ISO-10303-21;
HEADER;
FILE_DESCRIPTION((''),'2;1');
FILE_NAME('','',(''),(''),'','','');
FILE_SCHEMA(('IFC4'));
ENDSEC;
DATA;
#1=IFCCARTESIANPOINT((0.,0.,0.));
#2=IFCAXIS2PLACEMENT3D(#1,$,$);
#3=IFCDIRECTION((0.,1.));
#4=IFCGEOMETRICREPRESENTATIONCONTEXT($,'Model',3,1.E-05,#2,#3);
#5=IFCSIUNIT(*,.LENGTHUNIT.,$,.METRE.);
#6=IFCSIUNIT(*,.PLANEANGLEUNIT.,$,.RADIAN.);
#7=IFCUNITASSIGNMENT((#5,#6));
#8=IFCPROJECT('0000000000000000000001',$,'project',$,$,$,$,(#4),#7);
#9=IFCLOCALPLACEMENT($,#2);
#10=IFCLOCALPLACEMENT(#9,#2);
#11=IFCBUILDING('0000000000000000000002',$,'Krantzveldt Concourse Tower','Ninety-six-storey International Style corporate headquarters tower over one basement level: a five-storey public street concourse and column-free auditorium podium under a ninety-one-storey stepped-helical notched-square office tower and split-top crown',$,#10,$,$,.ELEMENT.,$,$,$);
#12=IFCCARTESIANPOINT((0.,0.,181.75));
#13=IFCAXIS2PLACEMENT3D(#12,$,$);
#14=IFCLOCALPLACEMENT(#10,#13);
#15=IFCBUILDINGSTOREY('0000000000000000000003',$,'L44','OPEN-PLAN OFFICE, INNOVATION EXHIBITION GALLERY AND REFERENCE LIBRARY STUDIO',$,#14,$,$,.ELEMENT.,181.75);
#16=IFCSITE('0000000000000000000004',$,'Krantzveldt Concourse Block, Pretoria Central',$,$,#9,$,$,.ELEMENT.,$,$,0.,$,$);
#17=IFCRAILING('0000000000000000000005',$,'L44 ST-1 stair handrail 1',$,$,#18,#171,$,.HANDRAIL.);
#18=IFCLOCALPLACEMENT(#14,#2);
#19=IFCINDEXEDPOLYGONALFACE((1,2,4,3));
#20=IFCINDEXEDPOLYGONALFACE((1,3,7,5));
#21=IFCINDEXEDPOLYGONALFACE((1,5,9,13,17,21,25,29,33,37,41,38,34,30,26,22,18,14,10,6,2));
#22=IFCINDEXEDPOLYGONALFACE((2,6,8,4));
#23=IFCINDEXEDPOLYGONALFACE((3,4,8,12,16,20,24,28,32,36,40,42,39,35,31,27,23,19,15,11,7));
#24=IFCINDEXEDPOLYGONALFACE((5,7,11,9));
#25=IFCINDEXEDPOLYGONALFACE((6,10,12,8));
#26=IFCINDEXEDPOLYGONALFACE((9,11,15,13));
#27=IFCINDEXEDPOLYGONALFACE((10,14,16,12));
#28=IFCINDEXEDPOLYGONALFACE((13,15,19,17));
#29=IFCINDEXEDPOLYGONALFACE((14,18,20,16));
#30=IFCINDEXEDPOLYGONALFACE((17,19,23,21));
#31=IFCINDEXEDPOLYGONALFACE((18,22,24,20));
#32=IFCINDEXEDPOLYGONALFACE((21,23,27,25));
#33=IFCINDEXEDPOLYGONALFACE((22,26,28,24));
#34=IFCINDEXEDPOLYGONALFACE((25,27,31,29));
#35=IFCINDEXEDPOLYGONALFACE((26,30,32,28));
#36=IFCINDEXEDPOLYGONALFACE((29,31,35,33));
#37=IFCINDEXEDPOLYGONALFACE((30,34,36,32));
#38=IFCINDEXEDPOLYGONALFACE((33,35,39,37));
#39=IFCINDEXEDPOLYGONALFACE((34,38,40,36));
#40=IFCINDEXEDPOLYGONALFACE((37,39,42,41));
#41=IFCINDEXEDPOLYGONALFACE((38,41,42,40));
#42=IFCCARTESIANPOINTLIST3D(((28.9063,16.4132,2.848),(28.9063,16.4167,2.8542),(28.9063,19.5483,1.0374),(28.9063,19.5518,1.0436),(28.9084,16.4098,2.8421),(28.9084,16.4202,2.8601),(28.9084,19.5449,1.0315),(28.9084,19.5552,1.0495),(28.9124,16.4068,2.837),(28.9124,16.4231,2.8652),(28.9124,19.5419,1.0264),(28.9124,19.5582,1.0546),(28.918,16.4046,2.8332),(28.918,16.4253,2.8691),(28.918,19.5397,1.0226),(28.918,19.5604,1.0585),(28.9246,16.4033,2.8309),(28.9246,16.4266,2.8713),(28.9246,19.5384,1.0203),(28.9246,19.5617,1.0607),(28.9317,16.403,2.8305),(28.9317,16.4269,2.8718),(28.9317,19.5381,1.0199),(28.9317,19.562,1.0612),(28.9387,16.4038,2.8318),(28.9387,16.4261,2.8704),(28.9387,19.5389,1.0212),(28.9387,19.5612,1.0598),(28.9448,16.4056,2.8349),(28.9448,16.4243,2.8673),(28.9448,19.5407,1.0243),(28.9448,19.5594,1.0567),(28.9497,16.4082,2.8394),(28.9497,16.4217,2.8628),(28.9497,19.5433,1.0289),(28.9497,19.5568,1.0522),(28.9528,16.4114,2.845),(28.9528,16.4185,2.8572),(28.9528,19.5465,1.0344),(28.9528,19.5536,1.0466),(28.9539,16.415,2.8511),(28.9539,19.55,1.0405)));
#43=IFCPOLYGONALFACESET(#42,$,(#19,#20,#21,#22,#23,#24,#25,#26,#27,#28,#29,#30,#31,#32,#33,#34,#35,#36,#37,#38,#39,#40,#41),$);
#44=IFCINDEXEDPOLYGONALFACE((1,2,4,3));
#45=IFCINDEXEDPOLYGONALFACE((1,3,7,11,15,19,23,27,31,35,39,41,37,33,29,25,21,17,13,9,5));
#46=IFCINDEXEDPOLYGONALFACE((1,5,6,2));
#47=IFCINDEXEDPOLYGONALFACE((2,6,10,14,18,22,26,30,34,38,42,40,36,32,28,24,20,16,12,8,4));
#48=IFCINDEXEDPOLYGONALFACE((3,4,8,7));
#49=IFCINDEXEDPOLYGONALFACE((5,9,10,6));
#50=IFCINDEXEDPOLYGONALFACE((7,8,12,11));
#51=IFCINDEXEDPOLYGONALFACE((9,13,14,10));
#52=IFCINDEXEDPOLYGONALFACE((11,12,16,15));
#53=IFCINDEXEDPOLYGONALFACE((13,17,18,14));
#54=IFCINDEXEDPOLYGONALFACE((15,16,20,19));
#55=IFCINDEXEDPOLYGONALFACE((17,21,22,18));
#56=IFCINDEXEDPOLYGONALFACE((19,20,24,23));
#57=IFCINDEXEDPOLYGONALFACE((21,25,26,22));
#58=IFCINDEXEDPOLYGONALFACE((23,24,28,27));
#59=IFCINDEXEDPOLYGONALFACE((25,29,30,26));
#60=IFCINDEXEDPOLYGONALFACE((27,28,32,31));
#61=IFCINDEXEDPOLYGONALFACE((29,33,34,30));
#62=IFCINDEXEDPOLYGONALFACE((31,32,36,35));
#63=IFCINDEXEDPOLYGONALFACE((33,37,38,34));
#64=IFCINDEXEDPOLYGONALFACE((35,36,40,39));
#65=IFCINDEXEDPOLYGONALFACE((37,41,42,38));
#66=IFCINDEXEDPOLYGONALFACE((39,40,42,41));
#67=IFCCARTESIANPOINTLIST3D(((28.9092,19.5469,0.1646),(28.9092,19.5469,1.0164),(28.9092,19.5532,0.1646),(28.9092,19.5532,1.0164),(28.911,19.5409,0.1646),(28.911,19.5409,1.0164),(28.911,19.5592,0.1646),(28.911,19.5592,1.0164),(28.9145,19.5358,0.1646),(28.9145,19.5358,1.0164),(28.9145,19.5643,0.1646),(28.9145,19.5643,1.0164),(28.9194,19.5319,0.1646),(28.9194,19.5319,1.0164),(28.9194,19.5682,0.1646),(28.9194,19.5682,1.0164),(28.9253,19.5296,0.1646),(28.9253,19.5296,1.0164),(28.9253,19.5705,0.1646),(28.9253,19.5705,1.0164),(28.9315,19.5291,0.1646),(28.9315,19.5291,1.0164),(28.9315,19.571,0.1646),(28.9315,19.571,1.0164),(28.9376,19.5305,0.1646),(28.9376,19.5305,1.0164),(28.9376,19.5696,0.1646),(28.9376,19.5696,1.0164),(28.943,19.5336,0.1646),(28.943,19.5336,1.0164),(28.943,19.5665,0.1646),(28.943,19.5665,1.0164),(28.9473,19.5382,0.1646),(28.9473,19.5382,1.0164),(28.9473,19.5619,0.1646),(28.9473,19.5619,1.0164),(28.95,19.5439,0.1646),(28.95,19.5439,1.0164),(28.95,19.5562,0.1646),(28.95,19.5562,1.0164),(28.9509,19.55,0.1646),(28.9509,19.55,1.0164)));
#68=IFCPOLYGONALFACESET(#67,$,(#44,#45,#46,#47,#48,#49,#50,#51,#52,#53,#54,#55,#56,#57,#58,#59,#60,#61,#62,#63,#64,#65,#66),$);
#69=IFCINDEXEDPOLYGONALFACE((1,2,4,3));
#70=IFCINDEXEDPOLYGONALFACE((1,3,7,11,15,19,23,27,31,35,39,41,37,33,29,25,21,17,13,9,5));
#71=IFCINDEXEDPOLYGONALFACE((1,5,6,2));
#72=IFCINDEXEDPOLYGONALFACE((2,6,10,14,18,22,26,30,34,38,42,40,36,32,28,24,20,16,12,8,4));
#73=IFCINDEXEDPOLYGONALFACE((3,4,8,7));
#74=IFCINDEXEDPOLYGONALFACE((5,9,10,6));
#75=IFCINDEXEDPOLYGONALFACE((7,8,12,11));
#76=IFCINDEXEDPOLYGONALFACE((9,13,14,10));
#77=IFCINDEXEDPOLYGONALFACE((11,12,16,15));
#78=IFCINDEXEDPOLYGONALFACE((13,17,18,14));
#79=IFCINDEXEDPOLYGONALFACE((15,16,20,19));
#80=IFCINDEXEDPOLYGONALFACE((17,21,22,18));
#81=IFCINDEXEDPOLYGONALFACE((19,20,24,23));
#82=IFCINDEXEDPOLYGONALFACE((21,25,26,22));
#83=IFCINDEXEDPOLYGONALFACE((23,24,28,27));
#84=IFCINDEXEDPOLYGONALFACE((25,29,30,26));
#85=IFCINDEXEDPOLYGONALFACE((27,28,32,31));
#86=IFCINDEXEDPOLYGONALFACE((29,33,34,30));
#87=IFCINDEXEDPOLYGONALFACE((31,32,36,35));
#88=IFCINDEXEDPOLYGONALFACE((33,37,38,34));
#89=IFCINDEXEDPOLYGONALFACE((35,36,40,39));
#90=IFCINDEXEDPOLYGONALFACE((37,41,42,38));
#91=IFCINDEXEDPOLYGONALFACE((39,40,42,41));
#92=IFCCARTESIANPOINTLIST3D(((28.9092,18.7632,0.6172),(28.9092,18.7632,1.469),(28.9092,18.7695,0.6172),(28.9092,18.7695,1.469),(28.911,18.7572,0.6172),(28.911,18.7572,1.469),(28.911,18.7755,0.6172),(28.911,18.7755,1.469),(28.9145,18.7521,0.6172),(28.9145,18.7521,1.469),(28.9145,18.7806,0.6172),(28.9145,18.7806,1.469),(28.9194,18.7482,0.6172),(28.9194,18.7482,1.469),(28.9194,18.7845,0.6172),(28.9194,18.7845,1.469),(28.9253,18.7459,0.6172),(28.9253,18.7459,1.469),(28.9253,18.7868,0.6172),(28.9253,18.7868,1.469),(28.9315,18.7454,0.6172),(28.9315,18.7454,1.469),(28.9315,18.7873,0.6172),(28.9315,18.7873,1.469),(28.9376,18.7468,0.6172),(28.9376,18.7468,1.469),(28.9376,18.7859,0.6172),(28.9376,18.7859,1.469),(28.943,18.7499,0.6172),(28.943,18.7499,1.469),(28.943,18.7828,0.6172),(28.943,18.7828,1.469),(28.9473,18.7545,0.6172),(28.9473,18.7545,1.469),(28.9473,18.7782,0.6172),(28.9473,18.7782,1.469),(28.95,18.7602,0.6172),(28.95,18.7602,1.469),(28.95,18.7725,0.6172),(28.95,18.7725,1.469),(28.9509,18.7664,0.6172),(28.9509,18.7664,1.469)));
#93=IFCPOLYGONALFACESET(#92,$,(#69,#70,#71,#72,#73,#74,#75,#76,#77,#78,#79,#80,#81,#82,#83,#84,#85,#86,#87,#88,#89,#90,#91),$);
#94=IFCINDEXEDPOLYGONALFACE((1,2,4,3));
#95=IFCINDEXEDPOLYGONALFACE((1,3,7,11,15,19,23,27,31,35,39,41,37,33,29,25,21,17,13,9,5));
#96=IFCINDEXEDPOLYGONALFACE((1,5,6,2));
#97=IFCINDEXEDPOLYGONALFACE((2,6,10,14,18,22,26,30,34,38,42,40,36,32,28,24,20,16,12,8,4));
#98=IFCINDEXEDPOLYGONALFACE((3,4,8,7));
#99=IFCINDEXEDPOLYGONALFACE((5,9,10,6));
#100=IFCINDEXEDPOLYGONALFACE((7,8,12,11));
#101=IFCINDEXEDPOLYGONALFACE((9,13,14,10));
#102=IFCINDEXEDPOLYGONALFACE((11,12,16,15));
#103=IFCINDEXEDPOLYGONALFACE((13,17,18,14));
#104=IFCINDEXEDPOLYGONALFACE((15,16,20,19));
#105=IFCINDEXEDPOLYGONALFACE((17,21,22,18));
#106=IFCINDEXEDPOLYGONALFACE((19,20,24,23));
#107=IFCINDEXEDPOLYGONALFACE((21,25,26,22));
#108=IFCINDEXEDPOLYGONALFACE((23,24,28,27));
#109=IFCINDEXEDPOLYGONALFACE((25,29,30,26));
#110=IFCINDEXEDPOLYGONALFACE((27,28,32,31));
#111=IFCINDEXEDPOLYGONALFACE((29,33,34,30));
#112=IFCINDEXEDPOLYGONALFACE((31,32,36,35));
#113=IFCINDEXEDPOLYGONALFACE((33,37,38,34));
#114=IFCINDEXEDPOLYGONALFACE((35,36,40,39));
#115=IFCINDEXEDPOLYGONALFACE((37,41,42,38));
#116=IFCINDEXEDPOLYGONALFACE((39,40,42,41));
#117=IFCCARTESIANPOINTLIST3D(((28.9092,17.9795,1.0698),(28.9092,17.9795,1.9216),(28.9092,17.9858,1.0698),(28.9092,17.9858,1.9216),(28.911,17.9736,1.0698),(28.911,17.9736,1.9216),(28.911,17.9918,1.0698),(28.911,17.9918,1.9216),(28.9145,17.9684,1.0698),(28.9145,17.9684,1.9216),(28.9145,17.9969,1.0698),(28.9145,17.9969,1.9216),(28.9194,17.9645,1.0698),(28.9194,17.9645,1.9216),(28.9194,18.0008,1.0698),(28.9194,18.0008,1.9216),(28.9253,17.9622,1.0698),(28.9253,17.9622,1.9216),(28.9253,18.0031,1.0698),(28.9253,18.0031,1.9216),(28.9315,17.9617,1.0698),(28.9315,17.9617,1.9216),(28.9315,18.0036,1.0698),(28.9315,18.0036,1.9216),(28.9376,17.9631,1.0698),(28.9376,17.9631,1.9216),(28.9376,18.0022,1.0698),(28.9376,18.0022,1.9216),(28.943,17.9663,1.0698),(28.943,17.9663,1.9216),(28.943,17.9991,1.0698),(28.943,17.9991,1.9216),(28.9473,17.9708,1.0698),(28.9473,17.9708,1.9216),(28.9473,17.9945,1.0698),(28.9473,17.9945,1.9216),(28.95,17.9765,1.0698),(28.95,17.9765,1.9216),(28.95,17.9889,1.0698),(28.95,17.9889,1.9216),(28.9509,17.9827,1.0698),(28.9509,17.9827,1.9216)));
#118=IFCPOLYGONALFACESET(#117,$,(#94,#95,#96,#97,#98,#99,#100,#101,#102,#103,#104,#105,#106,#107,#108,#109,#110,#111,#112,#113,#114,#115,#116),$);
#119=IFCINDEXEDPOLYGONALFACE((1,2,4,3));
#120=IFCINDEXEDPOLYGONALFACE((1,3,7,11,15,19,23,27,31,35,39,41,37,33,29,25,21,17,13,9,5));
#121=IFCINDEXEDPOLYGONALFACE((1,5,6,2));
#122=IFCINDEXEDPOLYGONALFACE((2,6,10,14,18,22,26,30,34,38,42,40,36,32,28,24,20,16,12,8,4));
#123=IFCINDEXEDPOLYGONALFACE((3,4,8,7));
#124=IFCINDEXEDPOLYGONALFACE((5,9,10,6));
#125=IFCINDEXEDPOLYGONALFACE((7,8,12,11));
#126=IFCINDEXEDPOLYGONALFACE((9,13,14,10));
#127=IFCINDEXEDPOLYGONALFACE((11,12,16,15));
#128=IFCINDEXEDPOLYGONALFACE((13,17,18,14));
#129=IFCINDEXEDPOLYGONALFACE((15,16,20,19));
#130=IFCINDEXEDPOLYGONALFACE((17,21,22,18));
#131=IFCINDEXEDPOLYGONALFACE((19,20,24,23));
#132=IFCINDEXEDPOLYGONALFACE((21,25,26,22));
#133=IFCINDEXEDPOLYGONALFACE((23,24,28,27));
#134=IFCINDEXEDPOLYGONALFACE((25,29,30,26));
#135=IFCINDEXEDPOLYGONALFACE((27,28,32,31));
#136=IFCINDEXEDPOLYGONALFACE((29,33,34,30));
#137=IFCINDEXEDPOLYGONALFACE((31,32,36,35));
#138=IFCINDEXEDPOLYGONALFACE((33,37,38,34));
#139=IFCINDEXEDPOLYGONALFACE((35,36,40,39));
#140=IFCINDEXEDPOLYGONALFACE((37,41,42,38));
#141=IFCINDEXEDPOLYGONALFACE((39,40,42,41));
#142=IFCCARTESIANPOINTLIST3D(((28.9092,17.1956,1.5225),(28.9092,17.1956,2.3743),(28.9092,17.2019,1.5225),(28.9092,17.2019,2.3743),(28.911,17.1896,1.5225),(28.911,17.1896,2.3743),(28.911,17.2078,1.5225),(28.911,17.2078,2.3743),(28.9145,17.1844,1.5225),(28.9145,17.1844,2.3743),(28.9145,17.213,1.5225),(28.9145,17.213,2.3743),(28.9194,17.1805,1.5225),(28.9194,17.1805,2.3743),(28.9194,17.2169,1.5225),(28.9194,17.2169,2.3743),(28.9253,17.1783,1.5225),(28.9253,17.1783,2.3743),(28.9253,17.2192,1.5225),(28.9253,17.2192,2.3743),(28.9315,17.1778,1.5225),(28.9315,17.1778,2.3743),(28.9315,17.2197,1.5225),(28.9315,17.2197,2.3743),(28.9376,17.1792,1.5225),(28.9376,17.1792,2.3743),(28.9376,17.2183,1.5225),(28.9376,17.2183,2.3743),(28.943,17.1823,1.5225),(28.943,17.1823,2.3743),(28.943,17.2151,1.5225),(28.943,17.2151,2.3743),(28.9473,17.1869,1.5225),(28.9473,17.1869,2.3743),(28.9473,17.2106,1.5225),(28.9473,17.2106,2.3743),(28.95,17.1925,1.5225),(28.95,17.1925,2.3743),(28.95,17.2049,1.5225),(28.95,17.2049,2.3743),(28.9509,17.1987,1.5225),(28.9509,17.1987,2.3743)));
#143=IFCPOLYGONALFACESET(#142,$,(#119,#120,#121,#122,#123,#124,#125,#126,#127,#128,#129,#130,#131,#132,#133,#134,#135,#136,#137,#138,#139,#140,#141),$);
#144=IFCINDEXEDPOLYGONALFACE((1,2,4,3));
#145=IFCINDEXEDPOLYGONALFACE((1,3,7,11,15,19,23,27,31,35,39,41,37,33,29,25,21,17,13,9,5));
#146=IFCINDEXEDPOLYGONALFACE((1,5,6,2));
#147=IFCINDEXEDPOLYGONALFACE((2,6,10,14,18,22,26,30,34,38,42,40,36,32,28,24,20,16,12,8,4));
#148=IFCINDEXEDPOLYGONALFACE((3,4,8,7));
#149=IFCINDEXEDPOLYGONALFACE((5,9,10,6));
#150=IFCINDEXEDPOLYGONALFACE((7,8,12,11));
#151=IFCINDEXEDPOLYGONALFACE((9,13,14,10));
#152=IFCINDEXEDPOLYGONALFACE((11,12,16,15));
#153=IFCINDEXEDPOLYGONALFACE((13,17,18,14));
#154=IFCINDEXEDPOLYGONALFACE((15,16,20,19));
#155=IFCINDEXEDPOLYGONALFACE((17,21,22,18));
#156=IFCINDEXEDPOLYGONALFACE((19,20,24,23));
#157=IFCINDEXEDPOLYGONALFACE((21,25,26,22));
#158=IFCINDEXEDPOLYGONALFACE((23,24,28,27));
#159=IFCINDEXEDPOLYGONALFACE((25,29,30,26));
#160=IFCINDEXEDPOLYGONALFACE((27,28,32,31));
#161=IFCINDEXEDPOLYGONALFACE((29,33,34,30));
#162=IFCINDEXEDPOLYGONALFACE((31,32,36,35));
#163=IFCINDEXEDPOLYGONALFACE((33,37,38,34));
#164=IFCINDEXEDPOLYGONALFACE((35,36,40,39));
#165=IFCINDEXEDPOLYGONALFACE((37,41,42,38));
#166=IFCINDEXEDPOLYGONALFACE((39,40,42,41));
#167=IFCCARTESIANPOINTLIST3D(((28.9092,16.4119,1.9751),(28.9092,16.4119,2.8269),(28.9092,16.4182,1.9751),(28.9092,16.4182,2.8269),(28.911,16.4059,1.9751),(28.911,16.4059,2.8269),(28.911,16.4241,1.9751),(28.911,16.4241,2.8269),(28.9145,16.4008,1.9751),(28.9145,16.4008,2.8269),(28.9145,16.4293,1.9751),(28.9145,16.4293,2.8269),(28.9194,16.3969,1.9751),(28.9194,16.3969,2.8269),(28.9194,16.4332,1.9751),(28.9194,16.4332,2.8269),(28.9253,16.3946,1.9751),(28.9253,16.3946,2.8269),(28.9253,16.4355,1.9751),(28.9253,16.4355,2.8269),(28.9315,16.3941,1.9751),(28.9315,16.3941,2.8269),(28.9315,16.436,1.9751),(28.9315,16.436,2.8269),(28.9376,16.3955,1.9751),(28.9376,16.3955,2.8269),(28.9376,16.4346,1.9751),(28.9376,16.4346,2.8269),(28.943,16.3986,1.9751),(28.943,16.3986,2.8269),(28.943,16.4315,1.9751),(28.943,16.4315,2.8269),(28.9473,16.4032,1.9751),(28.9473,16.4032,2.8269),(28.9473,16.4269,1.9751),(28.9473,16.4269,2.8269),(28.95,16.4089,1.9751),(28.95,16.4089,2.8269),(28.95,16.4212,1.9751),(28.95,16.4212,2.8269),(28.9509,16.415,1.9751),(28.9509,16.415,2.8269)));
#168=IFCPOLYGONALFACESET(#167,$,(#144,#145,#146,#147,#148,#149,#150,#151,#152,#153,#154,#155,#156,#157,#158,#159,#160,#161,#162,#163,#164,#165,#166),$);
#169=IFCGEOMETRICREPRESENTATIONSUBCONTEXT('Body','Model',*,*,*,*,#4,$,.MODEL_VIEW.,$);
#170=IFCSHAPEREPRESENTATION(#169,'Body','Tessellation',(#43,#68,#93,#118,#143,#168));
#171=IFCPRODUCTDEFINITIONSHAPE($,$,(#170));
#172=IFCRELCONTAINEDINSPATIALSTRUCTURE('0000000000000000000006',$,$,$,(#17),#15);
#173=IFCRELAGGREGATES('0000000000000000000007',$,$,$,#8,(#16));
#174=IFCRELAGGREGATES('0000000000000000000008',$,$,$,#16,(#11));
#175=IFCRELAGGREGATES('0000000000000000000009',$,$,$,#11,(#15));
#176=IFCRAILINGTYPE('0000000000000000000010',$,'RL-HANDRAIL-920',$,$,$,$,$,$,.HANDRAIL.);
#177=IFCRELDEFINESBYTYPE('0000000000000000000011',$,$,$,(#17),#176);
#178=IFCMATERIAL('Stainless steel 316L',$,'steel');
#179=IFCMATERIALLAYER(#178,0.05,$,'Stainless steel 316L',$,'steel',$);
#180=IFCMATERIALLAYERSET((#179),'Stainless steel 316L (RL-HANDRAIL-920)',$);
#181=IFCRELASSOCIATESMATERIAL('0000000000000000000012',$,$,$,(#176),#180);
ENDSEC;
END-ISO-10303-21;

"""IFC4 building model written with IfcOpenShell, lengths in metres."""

from ifc_helpers import new_model, si_unit, direction, frame, origin, origin_2d, place, context, subcontext, project, spatial, circle, extrude, material, layer, layer_set, type_object, element, save


model = new_model("IFC4")

# Units and contexts
model_context = context("Model", 3, precision=1e-05, world=origin(), true_north=direction((0.0, 1.0)))
body_context = subcontext(model_context, "Body", "Model", "MODEL_VIEW")
ifc_project = project(units=[si_unit("LENGTHUNIT", "METRE"), si_unit("PLANEANGLEUNIT", "RADIAN")], contexts=[model_context])

# Site, building, storey
site_placement = place(None, origin())
site = spatial("IfcSite", under=ifc_project, at=site_placement, Name="Krantzveldt Concourse Block, Pretoria Central", CompositionType="ELEMENT", RefElevation=0.0)
building_placement = place(site_placement, origin())
building = spatial("IfcBuilding", under=site, at=building_placement, Name="Krantzveldt Concourse Tower", Description="Ninety-six-storey International Style corporate headquarters tower over one basement level: a five-storey public street concourse and column-free auditorium podium under a ninety-one-storey stepped-helical notched-square office tower and split-top crown", CompositionType="ELEMENT")
storey_placement = place(building_placement, frame((0.0, 0.0, 181.75)))
storey = spatial("IfcBuildingStorey", under=building, at=storey_placement, Name="L44", Description="OPEN-PLAN OFFICE, INNOVATION EXHIBITION GALLERY AND REFERENCE LIBRARY STUDIO", CompositionType="ELEMENT", Elevation=181.75)

# Shared definitions
ifc_material_1 = material(Name="Stainless steel 316L", Category="steel")

# Railing
ifc_layer_1 = layer(ifc_material_1, 0.05, Name="Stainless steel 316L", Category="steel")
ifc_layer_set_1 = layer_set([ifc_layer_1], Name="Stainless steel 316L (RL-HANDRAIL-920)")
railing_type_1 = type_object("IfcRailingType", Name="RL-HANDRAIL-920", PredefinedType="HANDRAIL", material=ifc_layer_set_1)
railing_1_placement = place(storey_placement, frame((28.9299, 19.55, 0.1646)))
element("IfcRailing", 1, at=railing_1_placement, inside=storey, type_object=railing_type_1, Name="L44 ST-1 stair handrail 1", PredefinedType="HANDRAIL", context=body_context, shape_type="SweptSolid", body=[
    extrude(circle(Radius=0.0239, at=origin_2d()), frame((0.0, 0.0, 0.876), z_axis=(0.0, -0.86596, 0.500114), x_axis=(1.0, 0.0, 0.0)), (0.0, 0.0, 1.0), 3.6204),
    extrude(circle(Radius=0.021, at=origin_2d()), origin(), (0.0, 0.0, 1.0), 0.8518),
    extrude(circle(Radius=0.021, at=origin_2d()), frame((0.0, -0.7837, 0.4526)), (0.0, 0.0, 1.0), 0.8518),
    extrude(circle(Radius=0.021, at=origin_2d()), frame((0.0, -1.5674, 0.9053)), (0.0, 0.0, 1.0), 0.8518),
    extrude(circle(Radius=0.021, at=origin_2d()), frame((0.0, -2.3513, 1.3579)), (0.0, 0.0, 1.0), 0.8518),
    extrude(circle(Radius=0.021, at=origin_2d()), frame((0.0, -3.135, 1.8105)), (0.0, 0.0, 1.0), 0.8518),
])

save(model, "model.ifc")
